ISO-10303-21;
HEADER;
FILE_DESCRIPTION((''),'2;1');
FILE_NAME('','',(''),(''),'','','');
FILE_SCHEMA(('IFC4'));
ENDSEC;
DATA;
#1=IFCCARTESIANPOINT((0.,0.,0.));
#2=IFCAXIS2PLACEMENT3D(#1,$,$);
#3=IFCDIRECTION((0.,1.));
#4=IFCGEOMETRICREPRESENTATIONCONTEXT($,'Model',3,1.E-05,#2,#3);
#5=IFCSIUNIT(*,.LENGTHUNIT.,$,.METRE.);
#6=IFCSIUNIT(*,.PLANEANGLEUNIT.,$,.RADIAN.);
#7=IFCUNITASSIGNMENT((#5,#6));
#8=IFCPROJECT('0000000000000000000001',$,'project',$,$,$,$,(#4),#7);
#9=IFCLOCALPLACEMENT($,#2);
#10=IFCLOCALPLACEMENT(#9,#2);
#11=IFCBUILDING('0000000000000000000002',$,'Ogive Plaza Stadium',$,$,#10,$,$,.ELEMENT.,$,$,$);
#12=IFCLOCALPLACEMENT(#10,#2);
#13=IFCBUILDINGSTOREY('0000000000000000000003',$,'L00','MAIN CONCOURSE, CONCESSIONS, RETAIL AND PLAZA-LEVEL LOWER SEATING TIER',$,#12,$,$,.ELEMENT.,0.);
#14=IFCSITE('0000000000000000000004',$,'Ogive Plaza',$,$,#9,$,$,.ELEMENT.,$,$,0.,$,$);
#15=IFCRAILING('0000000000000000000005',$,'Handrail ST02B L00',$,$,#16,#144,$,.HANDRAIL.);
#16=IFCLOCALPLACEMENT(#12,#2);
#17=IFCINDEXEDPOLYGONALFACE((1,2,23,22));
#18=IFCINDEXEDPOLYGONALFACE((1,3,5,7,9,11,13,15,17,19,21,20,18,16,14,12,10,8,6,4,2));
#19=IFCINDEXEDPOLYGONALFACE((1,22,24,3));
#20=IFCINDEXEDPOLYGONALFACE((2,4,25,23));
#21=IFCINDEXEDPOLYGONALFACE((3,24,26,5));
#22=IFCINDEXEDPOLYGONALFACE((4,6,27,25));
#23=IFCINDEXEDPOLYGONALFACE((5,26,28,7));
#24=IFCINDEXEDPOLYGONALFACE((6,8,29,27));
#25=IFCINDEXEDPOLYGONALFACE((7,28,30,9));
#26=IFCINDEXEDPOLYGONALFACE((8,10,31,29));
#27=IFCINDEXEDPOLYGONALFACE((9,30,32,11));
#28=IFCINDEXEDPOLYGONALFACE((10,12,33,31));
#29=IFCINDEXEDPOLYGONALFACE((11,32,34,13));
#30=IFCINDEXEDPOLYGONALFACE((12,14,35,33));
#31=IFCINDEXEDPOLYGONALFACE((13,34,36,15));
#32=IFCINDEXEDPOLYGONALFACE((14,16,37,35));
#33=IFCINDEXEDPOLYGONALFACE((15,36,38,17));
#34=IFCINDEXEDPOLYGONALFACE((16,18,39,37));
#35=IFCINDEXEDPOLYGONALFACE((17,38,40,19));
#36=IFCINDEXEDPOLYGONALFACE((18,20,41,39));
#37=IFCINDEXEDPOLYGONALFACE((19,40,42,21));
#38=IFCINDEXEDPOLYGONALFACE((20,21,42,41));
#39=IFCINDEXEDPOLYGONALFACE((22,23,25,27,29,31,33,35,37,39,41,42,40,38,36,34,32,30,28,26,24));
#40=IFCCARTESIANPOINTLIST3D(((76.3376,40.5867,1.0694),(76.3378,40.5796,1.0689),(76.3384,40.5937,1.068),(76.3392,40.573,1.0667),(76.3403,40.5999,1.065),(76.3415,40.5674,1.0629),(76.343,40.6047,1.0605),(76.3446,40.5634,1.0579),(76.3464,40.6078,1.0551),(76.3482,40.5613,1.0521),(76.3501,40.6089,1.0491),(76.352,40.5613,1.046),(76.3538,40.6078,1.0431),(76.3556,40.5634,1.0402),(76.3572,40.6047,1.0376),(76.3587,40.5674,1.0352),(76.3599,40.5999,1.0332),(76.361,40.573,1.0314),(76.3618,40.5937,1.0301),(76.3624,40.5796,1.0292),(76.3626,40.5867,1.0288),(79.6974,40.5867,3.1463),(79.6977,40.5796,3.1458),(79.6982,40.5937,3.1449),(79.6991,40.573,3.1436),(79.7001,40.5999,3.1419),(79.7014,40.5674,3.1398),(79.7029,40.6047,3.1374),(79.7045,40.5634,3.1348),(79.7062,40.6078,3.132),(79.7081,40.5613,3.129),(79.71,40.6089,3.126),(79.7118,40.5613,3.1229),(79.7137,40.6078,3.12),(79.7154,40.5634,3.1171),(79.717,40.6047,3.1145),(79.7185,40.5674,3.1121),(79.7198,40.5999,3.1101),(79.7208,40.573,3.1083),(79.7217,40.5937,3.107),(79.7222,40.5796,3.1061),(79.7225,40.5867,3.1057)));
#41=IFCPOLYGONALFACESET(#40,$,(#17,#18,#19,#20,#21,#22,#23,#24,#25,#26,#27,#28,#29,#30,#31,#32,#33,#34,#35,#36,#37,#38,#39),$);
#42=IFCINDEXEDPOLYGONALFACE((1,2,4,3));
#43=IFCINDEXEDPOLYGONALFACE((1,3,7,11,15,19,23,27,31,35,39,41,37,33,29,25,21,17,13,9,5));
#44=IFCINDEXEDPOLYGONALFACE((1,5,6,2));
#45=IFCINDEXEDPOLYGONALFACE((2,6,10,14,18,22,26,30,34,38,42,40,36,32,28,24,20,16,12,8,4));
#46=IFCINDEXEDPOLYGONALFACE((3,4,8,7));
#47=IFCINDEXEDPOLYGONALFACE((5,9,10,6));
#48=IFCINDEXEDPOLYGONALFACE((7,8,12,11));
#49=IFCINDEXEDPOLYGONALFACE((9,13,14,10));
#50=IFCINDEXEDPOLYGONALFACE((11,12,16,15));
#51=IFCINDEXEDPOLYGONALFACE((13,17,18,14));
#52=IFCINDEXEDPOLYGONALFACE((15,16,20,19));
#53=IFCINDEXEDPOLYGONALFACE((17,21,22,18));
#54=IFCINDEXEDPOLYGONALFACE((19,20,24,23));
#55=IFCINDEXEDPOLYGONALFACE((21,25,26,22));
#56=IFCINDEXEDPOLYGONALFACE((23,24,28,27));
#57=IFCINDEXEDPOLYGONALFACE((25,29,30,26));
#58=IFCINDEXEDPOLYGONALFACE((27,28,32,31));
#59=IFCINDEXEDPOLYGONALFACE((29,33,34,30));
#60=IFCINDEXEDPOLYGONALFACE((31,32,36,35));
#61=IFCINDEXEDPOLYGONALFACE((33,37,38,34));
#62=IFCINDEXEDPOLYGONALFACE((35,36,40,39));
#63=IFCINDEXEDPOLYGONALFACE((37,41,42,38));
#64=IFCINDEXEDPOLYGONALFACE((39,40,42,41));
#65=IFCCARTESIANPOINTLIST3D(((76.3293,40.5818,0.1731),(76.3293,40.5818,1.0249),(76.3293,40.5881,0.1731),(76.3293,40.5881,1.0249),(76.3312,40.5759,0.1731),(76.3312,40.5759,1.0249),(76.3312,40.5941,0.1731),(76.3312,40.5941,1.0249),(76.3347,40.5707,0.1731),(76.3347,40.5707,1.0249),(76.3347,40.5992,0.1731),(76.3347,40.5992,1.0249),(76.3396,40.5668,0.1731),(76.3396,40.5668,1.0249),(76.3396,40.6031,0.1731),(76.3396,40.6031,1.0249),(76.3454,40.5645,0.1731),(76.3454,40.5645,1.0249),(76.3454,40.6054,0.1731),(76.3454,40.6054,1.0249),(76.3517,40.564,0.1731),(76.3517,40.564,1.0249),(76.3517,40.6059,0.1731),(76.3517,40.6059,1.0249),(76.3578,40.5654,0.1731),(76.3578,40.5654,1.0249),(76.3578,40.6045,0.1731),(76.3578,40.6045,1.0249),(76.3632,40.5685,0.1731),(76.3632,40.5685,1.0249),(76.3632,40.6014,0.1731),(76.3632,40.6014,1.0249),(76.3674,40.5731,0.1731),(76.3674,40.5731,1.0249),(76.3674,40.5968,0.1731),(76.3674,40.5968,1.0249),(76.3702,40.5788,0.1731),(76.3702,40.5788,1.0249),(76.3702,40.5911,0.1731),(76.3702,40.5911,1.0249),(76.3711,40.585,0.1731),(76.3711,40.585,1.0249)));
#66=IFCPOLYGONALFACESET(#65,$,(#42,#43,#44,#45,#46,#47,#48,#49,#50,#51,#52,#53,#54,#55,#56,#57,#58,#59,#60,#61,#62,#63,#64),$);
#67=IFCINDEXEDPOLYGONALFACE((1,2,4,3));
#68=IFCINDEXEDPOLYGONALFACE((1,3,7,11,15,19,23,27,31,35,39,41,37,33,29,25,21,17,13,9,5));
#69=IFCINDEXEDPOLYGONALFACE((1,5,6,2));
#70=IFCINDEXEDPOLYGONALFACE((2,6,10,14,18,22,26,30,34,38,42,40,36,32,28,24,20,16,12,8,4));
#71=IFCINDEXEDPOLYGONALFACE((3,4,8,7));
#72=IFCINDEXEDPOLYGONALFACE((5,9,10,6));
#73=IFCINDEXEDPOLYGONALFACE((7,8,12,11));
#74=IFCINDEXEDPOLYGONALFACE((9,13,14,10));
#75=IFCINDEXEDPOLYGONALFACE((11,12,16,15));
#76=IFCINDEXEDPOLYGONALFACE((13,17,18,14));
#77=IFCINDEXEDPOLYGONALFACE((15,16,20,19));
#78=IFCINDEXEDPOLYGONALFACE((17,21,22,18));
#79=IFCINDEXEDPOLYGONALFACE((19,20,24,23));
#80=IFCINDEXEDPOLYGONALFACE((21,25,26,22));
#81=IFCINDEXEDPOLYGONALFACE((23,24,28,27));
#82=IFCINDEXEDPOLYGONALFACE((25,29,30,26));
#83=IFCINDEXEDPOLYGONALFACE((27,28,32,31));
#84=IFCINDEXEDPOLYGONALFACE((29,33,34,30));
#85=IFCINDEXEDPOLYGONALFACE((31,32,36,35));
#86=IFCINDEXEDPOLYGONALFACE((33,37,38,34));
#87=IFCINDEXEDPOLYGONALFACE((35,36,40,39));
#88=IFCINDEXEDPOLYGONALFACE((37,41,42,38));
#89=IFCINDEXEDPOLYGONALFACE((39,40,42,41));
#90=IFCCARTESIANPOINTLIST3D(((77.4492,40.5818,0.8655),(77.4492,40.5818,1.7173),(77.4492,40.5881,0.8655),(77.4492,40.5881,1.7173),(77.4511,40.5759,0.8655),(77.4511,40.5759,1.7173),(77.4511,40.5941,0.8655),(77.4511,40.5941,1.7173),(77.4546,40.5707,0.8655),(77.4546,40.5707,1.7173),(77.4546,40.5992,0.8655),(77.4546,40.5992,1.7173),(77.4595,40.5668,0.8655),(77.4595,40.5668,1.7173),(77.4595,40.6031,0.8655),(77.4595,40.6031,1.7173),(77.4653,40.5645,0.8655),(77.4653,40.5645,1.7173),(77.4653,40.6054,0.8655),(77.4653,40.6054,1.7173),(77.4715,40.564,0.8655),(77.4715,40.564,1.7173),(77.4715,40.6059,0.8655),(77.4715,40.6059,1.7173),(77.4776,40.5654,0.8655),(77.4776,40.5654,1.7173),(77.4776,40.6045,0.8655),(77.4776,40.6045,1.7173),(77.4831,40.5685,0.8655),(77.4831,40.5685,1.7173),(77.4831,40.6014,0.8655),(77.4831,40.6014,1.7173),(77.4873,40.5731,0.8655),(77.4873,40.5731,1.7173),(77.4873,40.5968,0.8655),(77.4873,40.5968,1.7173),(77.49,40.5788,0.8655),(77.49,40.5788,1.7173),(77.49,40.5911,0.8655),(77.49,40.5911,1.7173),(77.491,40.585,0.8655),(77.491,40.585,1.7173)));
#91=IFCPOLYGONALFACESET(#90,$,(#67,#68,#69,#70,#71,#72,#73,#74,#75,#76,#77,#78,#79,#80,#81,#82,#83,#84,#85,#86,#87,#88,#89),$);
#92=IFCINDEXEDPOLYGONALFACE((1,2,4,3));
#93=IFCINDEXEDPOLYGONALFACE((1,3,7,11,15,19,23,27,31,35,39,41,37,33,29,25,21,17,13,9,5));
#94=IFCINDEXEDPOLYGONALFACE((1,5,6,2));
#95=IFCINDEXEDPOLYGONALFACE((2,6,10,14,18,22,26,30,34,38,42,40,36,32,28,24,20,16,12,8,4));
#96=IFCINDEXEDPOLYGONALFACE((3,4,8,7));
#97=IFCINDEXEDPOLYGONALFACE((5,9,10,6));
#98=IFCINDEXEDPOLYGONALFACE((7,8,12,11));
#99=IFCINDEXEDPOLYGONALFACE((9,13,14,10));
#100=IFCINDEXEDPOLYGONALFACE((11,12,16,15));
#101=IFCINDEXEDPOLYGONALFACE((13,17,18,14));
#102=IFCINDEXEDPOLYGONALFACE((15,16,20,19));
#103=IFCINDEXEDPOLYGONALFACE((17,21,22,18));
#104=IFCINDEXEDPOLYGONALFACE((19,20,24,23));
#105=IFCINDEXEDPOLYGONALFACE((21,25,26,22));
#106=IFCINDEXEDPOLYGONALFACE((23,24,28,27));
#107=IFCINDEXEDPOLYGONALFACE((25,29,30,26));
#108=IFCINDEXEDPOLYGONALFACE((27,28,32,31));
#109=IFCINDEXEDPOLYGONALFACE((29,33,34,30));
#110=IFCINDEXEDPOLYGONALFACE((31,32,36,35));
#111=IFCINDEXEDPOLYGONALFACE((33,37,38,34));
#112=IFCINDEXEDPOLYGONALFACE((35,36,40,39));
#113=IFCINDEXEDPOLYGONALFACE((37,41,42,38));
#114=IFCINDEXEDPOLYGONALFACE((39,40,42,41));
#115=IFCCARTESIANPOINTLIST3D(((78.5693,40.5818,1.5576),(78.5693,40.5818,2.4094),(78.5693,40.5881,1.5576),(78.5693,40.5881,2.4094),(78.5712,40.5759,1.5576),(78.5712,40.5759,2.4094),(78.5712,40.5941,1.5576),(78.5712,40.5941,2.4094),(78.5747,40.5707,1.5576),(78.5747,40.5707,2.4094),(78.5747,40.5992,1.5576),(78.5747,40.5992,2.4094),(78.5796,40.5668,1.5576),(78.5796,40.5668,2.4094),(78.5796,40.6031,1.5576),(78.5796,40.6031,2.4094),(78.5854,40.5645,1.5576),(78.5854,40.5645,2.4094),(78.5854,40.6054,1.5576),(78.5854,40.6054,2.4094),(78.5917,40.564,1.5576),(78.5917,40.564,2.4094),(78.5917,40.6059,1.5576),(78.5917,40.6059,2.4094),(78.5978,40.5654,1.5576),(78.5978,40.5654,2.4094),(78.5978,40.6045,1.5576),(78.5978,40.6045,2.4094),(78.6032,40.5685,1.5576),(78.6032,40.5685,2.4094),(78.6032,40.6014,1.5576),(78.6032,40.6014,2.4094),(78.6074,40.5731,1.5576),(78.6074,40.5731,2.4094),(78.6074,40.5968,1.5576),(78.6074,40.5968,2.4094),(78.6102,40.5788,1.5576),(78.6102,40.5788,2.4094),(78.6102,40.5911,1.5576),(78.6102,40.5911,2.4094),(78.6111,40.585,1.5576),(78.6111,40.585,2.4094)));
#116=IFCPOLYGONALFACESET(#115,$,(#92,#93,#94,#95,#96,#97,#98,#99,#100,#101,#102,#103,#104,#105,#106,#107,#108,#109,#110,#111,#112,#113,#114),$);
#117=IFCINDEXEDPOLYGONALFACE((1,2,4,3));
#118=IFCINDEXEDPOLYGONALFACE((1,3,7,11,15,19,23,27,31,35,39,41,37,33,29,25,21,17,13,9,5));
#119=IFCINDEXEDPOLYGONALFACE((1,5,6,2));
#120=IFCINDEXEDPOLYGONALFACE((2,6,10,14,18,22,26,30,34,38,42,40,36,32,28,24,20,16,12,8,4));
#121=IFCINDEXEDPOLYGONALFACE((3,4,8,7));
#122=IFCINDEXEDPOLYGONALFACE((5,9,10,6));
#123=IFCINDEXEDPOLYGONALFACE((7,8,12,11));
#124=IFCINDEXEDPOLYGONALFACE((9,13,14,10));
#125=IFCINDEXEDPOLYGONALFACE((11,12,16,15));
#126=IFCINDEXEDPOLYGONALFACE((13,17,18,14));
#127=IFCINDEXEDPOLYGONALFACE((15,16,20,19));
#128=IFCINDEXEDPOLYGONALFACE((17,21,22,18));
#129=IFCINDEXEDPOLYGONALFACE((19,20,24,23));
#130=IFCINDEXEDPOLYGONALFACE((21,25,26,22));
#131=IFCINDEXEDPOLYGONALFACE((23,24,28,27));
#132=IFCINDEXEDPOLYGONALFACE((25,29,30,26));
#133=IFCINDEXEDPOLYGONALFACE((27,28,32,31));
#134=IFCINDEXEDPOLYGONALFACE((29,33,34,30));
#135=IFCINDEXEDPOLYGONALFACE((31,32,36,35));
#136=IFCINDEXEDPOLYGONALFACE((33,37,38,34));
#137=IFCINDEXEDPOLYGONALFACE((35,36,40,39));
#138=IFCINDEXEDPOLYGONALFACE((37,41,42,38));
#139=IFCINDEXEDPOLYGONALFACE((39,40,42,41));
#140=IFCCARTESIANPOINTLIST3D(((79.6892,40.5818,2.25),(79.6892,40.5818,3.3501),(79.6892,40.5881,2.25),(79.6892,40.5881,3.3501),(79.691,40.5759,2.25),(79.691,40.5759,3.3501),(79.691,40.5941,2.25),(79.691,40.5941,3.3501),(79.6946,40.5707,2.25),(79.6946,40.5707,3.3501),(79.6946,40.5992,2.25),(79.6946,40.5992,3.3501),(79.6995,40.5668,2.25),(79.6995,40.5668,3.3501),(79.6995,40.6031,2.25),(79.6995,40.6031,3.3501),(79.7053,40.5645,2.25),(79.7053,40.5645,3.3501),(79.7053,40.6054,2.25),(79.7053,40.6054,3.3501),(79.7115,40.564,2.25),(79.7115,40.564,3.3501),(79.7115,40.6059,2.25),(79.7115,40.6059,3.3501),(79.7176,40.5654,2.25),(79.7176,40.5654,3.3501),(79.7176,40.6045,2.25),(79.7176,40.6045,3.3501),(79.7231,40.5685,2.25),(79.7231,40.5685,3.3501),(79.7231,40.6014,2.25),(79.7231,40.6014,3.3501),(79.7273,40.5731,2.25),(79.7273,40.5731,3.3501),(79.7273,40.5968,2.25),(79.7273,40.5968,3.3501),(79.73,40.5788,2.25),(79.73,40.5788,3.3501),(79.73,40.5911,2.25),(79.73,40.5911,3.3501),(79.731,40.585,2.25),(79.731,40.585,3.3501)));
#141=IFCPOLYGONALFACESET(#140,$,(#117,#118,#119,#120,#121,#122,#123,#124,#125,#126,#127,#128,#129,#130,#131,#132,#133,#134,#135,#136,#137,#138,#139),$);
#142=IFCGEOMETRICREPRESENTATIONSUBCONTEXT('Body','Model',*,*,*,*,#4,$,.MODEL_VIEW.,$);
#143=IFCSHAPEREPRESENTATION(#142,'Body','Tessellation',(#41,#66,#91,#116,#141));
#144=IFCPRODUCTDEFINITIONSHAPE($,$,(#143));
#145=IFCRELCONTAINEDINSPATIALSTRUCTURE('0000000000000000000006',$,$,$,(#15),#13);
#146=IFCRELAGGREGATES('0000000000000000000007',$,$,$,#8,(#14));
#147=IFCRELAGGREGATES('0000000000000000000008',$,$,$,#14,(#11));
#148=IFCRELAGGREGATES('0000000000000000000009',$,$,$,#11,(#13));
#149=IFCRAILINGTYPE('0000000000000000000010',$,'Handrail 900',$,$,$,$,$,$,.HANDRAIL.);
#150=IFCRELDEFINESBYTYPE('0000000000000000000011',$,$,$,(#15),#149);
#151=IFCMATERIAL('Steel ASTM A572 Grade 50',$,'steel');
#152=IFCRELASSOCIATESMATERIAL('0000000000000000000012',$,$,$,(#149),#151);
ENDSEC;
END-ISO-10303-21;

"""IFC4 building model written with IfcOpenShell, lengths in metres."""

from ifc_helpers import new_model, si_unit, direction, frame, origin, origin_2d, place, context, subcontext, project, spatial, circle, extrude, material, type_object, element, save


model = new_model("IFC4")

# Units and contexts
model_context = context("Model", 3, precision=1e-05, world=origin(), true_north=direction((0.0, 1.0)))
body_context = subcontext(model_context, "Body", "Model", "MODEL_VIEW")
ifc_project = project(units=[si_unit("LENGTHUNIT", "METRE"), si_unit("PLANEANGLEUNIT", "RADIAN")], contexts=[model_context])

# Site, building, storey
site_placement = place(None, origin())
site = spatial("IfcSite", under=ifc_project, at=site_placement, Name="Ogive Plaza", CompositionType="ELEMENT", RefElevation=0.0)
building_placement = place(site_placement, origin())
building = spatial("IfcBuilding", under=site, at=building_placement, Name="Ogive Plaza Stadium", CompositionType="ELEMENT")
storey_placement = place(building_placement, origin())
storey = spatial("IfcBuildingStorey", under=building, at=storey_placement, Name="L00", Description="MAIN CONCOURSE, CONCESSIONS, RETAIL AND PLAZA-LEVEL LOWER SEATING TIER", CompositionType="ELEMENT", Elevation=0.0)

# Railing
ifc_material_1 = material(Name="Steel ASTM A572 Grade 50", Category="steel")
railing_type_1 = type_object("IfcRailingType", Name="Handrail 900", PredefinedType="HANDRAIL", material=ifc_material_1)
for number, where, name in (
    (1, (76.3501, 40.585, 0.1731), "Handrail ST02B L00"),
):
    element("IfcRailing", number, at=place(storey_placement, frame(where)), inside=storey, type_object=railing_type_1, Name=name, PredefinedType="HANDRAIL", context=body_context, shape_type="SweptSolid", body=[
        extrude(circle(Radius=0.0239, at=origin_2d()), frame((0.0, 0.0, 0.876), z_axis=(0.850606, 0.0, 0.525803), x_axis=(0.0, 1.0, 0.0)), (0.0, 0.0, 1.0), 3.95),
        extrude(circle(Radius=0.021, at=origin_2d()), origin(), (0.0, 0.0, 1.0), 0.8518),
        extrude(circle(Radius=0.021, at=origin_2d()), frame((1.1199, 0.0, 0.6924)), (0.0, 0.0, 1.0), 0.8518),
        extrude(circle(Radius=0.021, at=origin_2d()), frame((2.24, 0.0, 1.3845)), (0.0, 0.0, 1.0), 0.8518),
        extrude(circle(Radius=0.021, at=origin_2d()), frame((3.3599, 0.0, 2.0769)), (0.0, 0.0, 1.0), 1.1001),
    ])

save(model, "model.ifc")
